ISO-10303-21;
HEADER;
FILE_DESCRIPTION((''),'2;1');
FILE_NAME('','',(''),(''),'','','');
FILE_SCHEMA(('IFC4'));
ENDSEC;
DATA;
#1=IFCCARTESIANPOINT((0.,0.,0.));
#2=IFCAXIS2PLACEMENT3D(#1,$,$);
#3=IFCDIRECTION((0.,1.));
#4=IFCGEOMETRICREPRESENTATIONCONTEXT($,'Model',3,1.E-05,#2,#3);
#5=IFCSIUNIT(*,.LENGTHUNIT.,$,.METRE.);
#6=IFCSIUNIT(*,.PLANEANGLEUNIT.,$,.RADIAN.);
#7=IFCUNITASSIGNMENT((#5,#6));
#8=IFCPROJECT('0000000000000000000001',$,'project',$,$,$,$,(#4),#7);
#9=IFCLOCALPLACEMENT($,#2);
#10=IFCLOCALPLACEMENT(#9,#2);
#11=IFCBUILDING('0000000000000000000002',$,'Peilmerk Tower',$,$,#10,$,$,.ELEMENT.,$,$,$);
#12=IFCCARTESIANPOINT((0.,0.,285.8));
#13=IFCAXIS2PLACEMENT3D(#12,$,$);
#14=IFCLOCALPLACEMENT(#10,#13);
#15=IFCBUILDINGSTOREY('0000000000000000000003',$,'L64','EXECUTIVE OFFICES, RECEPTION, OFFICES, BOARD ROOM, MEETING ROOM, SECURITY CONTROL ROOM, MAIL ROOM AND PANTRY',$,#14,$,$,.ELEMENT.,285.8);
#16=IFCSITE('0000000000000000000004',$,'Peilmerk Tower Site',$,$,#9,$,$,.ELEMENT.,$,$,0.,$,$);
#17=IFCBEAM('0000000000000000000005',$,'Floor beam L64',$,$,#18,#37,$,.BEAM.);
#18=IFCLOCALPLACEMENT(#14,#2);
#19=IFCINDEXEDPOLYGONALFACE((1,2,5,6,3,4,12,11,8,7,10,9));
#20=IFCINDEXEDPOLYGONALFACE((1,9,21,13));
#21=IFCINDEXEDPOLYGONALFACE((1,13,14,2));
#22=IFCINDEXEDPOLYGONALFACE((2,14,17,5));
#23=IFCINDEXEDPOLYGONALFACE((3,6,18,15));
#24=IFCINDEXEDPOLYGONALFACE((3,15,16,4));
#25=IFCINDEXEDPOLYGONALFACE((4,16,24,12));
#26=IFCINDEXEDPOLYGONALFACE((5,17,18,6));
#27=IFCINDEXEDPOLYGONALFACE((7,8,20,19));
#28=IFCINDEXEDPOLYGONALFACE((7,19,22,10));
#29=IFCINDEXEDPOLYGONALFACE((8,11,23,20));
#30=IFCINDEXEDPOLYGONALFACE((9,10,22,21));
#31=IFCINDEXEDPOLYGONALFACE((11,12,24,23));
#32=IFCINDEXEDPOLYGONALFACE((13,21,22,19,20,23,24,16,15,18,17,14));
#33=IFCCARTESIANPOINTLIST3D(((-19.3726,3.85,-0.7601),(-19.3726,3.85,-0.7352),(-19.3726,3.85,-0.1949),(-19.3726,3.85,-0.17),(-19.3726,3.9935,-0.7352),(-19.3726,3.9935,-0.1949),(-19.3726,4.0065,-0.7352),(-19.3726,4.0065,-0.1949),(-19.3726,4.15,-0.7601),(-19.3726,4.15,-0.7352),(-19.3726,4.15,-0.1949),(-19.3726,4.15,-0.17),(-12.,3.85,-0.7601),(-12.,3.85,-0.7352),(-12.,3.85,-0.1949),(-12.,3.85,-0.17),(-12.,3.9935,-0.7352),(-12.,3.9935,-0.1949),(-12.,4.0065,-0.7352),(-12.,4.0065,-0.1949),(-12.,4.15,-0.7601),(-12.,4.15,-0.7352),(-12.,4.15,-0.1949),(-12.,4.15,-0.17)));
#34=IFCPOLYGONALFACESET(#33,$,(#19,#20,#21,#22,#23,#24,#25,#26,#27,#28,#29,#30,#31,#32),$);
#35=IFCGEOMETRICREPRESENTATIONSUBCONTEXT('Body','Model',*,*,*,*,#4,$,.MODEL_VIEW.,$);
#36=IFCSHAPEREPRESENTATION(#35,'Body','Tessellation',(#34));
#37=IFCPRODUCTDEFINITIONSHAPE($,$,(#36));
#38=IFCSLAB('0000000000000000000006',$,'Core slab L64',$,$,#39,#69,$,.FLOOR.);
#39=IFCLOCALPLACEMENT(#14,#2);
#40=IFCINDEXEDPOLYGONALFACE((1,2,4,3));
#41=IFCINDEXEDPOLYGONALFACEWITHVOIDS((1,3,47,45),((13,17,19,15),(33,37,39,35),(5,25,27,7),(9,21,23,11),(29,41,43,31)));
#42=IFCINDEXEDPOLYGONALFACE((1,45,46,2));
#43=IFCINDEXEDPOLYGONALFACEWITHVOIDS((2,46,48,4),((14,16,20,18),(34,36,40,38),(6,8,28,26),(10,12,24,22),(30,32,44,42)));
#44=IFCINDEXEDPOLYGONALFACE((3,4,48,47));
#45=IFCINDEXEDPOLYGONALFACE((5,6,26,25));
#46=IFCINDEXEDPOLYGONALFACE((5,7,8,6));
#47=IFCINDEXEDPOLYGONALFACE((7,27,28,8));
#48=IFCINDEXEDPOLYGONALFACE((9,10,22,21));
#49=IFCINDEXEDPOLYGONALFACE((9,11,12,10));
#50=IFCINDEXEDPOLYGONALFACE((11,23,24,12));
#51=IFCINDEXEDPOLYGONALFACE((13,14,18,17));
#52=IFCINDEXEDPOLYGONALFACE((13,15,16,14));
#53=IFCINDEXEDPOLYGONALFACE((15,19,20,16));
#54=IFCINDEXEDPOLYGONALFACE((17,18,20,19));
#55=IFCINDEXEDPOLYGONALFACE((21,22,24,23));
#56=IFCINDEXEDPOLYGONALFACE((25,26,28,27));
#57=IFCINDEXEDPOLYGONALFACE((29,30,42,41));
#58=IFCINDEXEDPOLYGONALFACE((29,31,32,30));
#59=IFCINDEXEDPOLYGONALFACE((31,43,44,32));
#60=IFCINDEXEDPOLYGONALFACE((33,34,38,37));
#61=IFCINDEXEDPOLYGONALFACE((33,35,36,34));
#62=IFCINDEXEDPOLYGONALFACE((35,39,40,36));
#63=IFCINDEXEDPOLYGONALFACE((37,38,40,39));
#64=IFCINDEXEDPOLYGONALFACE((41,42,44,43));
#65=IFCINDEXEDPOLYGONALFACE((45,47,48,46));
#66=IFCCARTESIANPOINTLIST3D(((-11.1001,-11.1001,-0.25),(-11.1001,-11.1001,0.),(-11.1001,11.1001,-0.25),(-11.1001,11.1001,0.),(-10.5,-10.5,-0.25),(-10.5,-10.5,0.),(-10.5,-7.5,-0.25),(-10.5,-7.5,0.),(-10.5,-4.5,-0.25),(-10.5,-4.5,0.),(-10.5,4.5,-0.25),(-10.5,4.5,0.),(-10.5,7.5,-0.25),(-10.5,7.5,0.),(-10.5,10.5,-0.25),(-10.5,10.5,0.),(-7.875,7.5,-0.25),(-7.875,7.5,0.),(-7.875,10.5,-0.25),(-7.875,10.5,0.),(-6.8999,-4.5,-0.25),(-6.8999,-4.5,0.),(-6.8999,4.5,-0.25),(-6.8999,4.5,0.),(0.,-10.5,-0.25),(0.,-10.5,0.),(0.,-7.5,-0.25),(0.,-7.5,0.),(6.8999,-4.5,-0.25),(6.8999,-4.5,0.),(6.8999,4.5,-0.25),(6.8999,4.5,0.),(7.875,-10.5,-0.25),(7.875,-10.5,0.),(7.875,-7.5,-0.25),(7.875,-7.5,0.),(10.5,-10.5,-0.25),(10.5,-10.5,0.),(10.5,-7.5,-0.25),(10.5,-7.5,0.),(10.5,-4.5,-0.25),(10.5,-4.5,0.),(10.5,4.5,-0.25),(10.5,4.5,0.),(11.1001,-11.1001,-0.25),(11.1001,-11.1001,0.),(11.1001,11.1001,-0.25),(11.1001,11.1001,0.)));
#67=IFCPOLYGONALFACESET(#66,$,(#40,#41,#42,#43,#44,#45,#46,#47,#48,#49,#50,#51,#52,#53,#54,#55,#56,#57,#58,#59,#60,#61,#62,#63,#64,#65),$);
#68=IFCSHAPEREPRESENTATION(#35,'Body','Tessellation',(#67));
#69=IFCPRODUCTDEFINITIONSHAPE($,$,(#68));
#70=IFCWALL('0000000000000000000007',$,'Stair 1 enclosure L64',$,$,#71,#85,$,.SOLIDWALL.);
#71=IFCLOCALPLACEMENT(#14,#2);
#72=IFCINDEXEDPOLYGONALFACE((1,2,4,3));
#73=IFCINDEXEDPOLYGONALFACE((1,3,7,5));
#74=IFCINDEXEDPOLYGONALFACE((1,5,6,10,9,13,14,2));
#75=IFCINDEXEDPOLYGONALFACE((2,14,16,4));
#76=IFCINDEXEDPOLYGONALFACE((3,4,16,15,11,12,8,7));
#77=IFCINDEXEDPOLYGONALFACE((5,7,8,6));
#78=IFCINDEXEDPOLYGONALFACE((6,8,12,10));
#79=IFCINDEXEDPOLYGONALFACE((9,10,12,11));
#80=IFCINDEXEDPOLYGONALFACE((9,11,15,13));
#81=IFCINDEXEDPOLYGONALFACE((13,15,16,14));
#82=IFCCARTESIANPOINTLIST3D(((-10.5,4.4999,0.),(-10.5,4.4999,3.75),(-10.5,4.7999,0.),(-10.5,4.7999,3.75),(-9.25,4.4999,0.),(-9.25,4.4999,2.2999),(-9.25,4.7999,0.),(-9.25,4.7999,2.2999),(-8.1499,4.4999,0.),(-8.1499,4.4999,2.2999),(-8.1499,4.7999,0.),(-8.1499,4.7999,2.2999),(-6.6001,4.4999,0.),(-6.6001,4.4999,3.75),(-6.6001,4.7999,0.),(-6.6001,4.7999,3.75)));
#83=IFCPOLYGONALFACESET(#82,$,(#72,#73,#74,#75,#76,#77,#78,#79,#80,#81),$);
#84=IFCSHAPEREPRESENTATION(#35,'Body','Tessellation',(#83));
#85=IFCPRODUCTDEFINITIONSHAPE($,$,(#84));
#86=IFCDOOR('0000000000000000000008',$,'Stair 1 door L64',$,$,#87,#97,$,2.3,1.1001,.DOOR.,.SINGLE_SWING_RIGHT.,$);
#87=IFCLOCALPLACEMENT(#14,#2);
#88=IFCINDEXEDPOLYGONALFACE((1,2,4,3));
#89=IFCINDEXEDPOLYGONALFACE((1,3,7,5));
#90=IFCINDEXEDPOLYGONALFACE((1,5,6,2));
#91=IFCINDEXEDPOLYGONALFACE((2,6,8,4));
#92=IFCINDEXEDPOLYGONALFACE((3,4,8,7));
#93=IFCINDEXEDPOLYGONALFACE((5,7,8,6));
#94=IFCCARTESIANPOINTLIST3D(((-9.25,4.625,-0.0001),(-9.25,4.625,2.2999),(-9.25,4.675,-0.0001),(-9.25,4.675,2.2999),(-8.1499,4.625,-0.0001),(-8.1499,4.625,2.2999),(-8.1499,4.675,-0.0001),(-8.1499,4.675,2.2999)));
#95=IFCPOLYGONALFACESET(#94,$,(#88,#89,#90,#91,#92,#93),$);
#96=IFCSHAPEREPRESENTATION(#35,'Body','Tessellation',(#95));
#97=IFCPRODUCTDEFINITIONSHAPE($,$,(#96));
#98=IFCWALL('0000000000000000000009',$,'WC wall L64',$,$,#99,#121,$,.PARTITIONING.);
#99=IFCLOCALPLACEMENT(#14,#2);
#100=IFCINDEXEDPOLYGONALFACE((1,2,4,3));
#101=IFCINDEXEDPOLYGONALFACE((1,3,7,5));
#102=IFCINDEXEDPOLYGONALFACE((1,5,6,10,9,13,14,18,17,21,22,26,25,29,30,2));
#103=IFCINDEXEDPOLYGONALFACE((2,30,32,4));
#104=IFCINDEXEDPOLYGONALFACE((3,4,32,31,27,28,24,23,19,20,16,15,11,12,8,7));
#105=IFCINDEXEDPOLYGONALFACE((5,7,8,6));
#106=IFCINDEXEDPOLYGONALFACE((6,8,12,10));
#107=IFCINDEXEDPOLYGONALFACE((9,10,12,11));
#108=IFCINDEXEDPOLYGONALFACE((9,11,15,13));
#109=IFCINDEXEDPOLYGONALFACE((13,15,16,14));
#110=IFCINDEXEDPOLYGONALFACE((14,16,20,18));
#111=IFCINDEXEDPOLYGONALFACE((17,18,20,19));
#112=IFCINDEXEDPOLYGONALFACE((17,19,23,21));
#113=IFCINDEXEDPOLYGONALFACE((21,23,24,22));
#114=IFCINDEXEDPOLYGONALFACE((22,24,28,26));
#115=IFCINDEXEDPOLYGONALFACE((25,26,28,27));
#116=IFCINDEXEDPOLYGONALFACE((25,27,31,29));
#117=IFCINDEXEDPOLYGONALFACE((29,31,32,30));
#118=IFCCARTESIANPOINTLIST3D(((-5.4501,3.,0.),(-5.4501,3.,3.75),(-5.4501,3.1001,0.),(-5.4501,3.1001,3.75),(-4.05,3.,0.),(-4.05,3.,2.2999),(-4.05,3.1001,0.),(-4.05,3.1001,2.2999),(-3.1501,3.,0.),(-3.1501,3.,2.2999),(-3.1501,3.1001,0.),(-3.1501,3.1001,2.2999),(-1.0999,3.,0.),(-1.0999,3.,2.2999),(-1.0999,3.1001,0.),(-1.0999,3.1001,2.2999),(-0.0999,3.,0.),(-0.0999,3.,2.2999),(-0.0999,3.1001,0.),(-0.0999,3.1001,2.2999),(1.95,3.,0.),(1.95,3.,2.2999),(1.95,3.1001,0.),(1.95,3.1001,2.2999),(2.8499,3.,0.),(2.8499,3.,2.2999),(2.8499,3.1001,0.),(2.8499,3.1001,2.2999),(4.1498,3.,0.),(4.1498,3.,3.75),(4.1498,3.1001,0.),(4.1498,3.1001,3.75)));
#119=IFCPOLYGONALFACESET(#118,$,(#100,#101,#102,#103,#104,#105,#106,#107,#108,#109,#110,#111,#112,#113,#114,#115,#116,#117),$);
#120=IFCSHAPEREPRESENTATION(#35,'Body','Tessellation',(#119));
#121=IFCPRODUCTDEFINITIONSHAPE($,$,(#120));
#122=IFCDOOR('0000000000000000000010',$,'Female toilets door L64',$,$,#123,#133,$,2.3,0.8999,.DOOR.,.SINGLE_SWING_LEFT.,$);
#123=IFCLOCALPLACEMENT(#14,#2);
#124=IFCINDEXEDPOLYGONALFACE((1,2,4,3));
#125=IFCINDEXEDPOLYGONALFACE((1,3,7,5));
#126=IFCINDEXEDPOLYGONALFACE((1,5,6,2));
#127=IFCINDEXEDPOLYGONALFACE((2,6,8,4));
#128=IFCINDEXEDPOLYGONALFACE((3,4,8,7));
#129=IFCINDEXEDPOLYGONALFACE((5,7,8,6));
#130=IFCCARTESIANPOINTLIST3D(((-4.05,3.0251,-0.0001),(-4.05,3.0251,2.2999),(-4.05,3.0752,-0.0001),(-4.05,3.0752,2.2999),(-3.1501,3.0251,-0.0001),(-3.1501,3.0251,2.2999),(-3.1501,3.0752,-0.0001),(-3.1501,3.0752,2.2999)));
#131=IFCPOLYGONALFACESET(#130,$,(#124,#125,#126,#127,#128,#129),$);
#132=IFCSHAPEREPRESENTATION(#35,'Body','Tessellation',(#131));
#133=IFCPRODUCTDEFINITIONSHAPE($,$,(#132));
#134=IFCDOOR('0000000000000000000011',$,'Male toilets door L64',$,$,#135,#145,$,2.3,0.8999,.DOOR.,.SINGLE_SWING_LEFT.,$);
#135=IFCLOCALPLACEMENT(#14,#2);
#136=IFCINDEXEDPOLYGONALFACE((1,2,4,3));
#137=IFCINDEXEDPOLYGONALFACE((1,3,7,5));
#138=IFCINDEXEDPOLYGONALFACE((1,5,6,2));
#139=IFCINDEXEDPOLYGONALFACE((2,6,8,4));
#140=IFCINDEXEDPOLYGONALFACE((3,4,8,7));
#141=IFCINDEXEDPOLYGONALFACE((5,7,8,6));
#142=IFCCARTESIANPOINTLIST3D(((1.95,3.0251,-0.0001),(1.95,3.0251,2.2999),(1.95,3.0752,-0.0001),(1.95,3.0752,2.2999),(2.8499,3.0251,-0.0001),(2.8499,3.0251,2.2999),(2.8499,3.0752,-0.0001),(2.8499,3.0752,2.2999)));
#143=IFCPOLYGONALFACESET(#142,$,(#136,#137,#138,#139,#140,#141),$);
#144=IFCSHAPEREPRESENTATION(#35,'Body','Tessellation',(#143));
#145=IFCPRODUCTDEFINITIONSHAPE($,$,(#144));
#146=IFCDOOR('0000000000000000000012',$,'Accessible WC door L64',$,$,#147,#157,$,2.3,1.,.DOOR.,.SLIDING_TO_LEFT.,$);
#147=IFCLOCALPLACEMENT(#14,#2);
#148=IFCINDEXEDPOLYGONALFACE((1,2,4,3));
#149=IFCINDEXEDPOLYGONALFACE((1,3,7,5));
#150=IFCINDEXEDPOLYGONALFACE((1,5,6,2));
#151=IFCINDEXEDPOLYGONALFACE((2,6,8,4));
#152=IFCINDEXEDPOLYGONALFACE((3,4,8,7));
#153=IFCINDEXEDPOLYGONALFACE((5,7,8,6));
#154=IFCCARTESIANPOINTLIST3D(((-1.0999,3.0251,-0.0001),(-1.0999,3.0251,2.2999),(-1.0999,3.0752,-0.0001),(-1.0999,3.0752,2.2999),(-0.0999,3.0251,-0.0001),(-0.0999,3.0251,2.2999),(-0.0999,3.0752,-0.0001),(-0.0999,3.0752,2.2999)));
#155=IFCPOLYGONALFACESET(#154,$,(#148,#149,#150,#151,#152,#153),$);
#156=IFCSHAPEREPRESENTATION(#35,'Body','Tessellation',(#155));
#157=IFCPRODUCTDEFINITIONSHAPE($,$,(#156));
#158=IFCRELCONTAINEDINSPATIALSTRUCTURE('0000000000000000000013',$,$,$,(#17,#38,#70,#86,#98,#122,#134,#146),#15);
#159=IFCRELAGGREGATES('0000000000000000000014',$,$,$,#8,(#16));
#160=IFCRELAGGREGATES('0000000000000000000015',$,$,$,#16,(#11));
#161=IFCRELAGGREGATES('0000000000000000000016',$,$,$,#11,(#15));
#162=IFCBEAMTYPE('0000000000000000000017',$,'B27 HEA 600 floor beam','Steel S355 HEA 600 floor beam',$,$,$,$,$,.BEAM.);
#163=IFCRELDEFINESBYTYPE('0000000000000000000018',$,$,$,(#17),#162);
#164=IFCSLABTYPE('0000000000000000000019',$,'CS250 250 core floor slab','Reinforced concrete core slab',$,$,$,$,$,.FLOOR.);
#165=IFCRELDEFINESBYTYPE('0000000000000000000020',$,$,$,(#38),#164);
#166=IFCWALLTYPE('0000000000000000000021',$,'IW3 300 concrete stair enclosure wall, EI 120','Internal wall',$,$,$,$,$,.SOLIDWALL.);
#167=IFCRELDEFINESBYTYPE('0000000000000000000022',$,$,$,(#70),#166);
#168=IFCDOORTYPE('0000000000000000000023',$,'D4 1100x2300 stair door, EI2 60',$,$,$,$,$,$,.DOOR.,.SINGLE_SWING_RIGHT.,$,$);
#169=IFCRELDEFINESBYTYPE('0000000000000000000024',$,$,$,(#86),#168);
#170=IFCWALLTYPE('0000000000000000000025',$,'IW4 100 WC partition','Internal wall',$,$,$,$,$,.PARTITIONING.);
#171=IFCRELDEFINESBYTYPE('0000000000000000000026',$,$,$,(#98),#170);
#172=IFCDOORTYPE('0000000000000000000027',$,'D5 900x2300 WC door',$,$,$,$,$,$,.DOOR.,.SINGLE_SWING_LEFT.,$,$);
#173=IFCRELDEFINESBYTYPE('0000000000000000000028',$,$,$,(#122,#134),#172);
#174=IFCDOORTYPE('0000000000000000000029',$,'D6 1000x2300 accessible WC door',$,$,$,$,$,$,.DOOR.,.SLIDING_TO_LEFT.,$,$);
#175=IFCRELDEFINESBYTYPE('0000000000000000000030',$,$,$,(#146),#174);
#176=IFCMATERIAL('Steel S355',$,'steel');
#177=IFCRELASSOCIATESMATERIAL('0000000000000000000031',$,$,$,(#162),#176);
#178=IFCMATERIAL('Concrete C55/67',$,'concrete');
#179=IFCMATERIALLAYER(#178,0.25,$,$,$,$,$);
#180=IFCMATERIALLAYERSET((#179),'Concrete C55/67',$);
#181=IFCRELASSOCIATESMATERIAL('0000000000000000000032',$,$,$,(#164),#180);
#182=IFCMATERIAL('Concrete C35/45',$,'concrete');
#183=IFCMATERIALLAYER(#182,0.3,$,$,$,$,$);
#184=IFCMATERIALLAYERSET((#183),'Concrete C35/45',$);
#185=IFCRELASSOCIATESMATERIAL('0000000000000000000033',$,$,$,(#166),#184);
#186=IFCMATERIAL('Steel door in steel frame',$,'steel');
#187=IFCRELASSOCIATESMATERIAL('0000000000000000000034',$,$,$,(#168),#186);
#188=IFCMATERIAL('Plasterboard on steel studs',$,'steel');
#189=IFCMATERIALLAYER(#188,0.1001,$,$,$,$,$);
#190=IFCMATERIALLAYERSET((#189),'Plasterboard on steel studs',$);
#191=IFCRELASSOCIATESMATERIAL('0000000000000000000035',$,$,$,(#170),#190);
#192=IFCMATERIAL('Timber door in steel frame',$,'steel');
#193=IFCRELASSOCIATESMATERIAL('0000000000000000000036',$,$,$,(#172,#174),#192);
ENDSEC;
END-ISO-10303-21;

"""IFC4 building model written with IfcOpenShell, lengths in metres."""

from ifc_helpers import new_model, si_unit, direction, frame, frame_2d, origin, origin_2d, place, context, subcontext, project, spatial, polyline, rectangle, i_section, outline, extrude, material, layer, layer_set, material_profile, profile_set, type_object, element, fill, save


model = new_model("IFC4")

# Units and contexts
model_context = context("Model", 3, precision=1e-05, world=origin(), true_north=direction((0.0, 1.0)))
body_context = subcontext(model_context, "Body", "Model", "MODEL_VIEW")
ifc_project = project(units=[si_unit("LENGTHUNIT", "METRE"), si_unit("PLANEANGLEUNIT", "RADIAN")], contexts=[model_context])

# Site, building, storey
site_placement = place(None, origin())
site = spatial("IfcSite", under=ifc_project, at=site_placement, Name="Peilmerk Tower Site", CompositionType="ELEMENT", RefElevation=0.0)
building_placement = place(site_placement, origin())
building = spatial("IfcBuilding", under=site, at=building_placement, Name="Peilmerk Tower", CompositionType="ELEMENT")
storey_placement = place(building_placement, frame((0.0, 0.0, 285.8)))
storey = spatial("IfcBuildingStorey", under=building, at=storey_placement, Name="L64", Description="EXECUTIVE OFFICES, RECEPTION, OFFICES, BOARD ROOM, MEETING ROOM, SECURITY CONTROL ROOM, MAIL ROOM AND PANTRY", CompositionType="ELEMENT", Elevation=285.8)

# Beam
ifc_material_1 = material(Name="Steel S355", Category="steel")
ifc_material_profile = material_profile(ifc_material_1, i_section(OverallWidth=0.3, OverallDepth=0.5901, WebThickness=0.0129, FlangeThickness=0.0249, at=origin_2d()), Name="HEA 600")
ifc_profile_set = profile_set([ifc_material_profile], Name="Steel S355")
beam_type = type_object("IfcBeamType", Name="B27 HEA 600 floor beam", Description="Steel S355 HEA 600 floor beam", PredefinedType="BEAM", material=ifc_profile_set)
beam_placement = place(storey_placement, frame((-12.0, 4.0, -0.4651), z_axis=(-1.0, 0.0, 0.0), x_axis=(0.0, -1.0, 0.0)))
element("IfcBeam", 1, at=beam_placement, inside=storey, type_object=beam_type, Name="Floor beam L64", PredefinedType="BEAM", context=body_context, shape_type="SweptSolid", body=[
    extrude(i_section(OverallWidth=0.3, OverallDepth=0.5901, WebThickness=0.0129, FlangeThickness=0.0249, at=origin_2d()), origin(), (0.0, 0.0, 1.0), 7.3726),
])

# Slab
ifc_material_2 = material(Name="Concrete C55/67", Category="concrete")
ifc_layer_1 = layer(ifc_material_2, 0.25)
ifc_layer_set_1 = layer_set([ifc_layer_1], Name="Concrete C55/67")
slab_type = type_object("IfcSlabType", Name="CS250 250 core floor slab", Description="Reinforced concrete core slab", PredefinedType="FLOOR", material=ifc_layer_set_1)
slab_placement = place(storey_placement, frame((0.0, 0.0, -0.25)))
element("IfcSlab", 2, at=slab_placement, inside=storey, type_object=slab_type, Name="Core slab L64", PredefinedType="FLOOR", context=body_context, shape_type="SweptSolid", body=[
    extrude(outline(polyline([(11.1001, -11.1001), (11.1001, 11.1001), (-11.1001, 11.1001), (-11.1001, -11.1001), (11.1001, -11.1001)]), holes=[polyline([(-7.875, 7.5), (-10.5, 7.5), (-10.5, 10.5), (-7.875, 10.5), (-7.875, 7.5)]), polyline([(0.0, -10.5), (-10.5, -10.5), (-10.5, -7.5), (0.0, -7.5), (0.0, -10.5)]), polyline([(7.875, -10.5), (7.875, -7.5), (10.5, -7.5), (10.5, -10.5), (7.875, -10.5)]), polyline([(-10.5, 4.5), (-6.8999, 4.5), (-6.8999, -4.5), (-10.5, -4.5), (-10.5, 4.5)]), polyline([(10.5, 4.5), (10.5, -4.5), (6.8999, -4.5), (6.8999, 4.5), (10.5, 4.5)])]), origin(), (0.0, 0.0, 1.0), 0.25),
])

# Wall, opening, door
ifc_material_3 = material(Name="Concrete C35/45", Category="concrete")
ifc_layer_2 = layer(ifc_material_3, 0.3)
ifc_layer_set_2 = layer_set([ifc_layer_2], Name="Concrete C35/45")
wall_type_1 = type_object("IfcWallType", Name="IW3 300 concrete stair enclosure wall, EI 120", Description="Internal wall", PredefinedType="SOLIDWALL", material=ifc_layer_set_2)
wall_1_placement = place(storey_placement, frame((-10.5, 4.6499, 0.0), z_axis=(0.0, 0.0, 1.0), x_axis=(1.0, 0.0, 0.0)))
wall_1 = element("IfcWall", 3, at=wall_1_placement, inside=storey, type_object=wall_type_1, Name="Stair 1 enclosure L64", PredefinedType="SOLIDWALL", context=body_context, shape_type="SweptSolid", body=[
    extrude(rectangle(XDim=3.8999, YDim=0.3, at=frame_2d((1.95, 0.0))), origin(), (0.0, 0.0, 1.0), 3.75),
])
opening_1_placement = place(wall_1_placement, frame((1.25, 0.0, 0.0)))
opening_1 = element("IfcOpeningElement", 4, at=opening_1_placement, cuts=wall_1, PredefinedType="OPENING", context=body_context, shape_type="SweptSolid", body=[
    extrude(rectangle(XDim=1.1001, YDim=2.3, at=frame_2d((0.55, 1.1499))), frame((0.0, 0.1599, 0.0), z_axis=(0.0, -1.0, 0.0), x_axis=(1.0, 0.0, 0.0)), (0.0, 0.0, 1.0), 0.3201),
])
ifc_material_4 = material(Name="Steel door in steel frame", Category="steel")
door_type_1 = type_object("IfcDoorType", Name="D4 1100x2300 stair door, EI2 60", OperationType="SINGLE_SWING_RIGHT", PredefinedType="DOOR", material=ifc_material_4)
door_1_placement = place(opening_1_placement, frame((1.1001, 0.0, 0.0), z_axis=(0.0, 0.0, 1.0), x_axis=(-1.0, 0.0, 0.0)))
door_1 = element("IfcDoor", 5, at=door_1_placement, inside=storey, type_object=door_type_1, Name="Stair 1 door L64", OperationType="SINGLE_SWING_RIGHT", OverallHeight=2.3, OverallWidth=1.1001, PredefinedType="DOOR", context=body_context, shape_type="SweptSolid", body=[
    extrude(rectangle(XDim=1.1001, YDim=2.3, at=frame_2d((0.55, 1.1499))), frame((0.0, 0.0249, 0.0), z_axis=(0.0, -1.0, 0.0), x_axis=(1.0, 0.0, 0.0)), (0.0, 0.0, 1.0), 0.05),
])
fill(opening_1, door_1)

# Wall, openings, doors
ifc_material_5 = material(Name="Plasterboard on steel studs", Category="steel")
ifc_layer_3 = layer(ifc_material_5, 0.1001)
ifc_layer_set_3 = layer_set([ifc_layer_3], Name="Plasterboard on steel studs")
wall_type_2 = type_object("IfcWallType", Name="IW4 100 WC partition", Description="Internal wall", PredefinedType="PARTITIONING", material=ifc_layer_set_3)
wall_2_placement = place(storey_placement, frame((-5.45, 3.05, 0.0), z_axis=(0.0, 0.0, 1.0), x_axis=(1.0, 0.0, 0.0)))
wall_2 = element("IfcWall", 6, at=wall_2_placement, inside=storey, type_object=wall_type_2, Name="WC wall L64", PredefinedType="PARTITIONING", context=body_context, shape_type="SweptSolid", body=[
    extrude(rectangle(XDim=9.5999, YDim=0.1001, at=frame_2d((4.7998, 0.0))), origin(), (0.0, 0.0, 1.0), 3.75),
])
opening_2_placement = place(wall_2_placement, frame((1.3999, 0.0, 0.0)))
opening_2 = element("IfcOpeningElement", 7, at=opening_2_placement, cuts=wall_2, PredefinedType="OPENING", context=body_context, shape_type="SweptSolid", body=[
    extrude(rectangle(XDim=0.8999, YDim=2.3, at=frame_2d((0.45, 1.1499))), frame((0.0, 0.0601, 0.0), z_axis=(0.0, -1.0, 0.0), x_axis=(1.0, 0.0, 0.0)), (0.0, 0.0, 1.0), 0.1201),
])
opening_3_placement = place(wall_2_placement, frame((4.3501, 0.0, 0.0)))
opening_3 = element("IfcOpeningElement", 8, at=opening_3_placement, cuts=wall_2, PredefinedType="OPENING", context=body_context, shape_type="SweptSolid", body=[
    extrude(rectangle(XDim=1.0, YDim=2.3, at=frame_2d((0.5, 1.1499))), frame((0.0, 0.0601, 0.0), z_axis=(0.0, -1.0, 0.0), x_axis=(1.0, 0.0, 0.0)), (0.0, 0.0, 1.0), 0.1201),
])
opening_4_placement = place(wall_2_placement, frame((7.3999, 0.0, 0.0)))
opening_4 = element("IfcOpeningElement", 9, at=opening_4_placement, cuts=wall_2, PredefinedType="OPENING", context=body_context, shape_type="SweptSolid", body=[
    extrude(rectangle(XDim=0.8999, YDim=2.3, at=frame_2d((0.45, 1.1499))), frame((0.0, 0.0601, 0.0), z_axis=(0.0, -1.0, 0.0), x_axis=(1.0, 0.0, 0.0)), (0.0, 0.0, 1.0), 0.1201),
])
ifc_material_6 = material(Name="Timber door in steel frame", Category="steel")
door_type_2 = type_object("IfcDoorType", Name="D5 900x2300 WC door", OperationType="SINGLE_SWING_LEFT", PredefinedType="DOOR", material=ifc_material_6)
door_2_placement = place(opening_2_placement, frame((0.8999, 0.0, 0.0), z_axis=(0.0, 0.0, 1.0), x_axis=(-1.0, 0.0, 0.0)))
door_2 = element("IfcDoor", 10, at=door_2_placement, inside=storey, type_object=door_type_2, Name="Female toilets door L64", OperationType="SINGLE_SWING_LEFT", OverallHeight=2.3, OverallWidth=0.8999, PredefinedType="DOOR", context=body_context, shape_type="SweptSolid", body=[
    extrude(rectangle(XDim=0.8999, YDim=2.3, at=frame_2d((0.45, 1.1499))), frame((0.0, 0.0249, 0.0), z_axis=(0.0, -1.0, 0.0), x_axis=(1.0, 0.0, 0.0)), (0.0, 0.0, 1.0), 0.05),
])
fill(opening_2, door_2)
door_3_placement = place(opening_4_placement, frame((0.8999, 0.0, 0.0), z_axis=(0.0, 0.0, 1.0), x_axis=(-1.0, 0.0, 0.0)))
door_3 = element("IfcDoor", 11, at=door_3_placement, inside=storey, type_object=door_type_2, Name="Male toilets door L64", OperationType="SINGLE_SWING_LEFT", OverallHeight=2.3, OverallWidth=0.8999, PredefinedType="DOOR", context=body_context, shape_type="SweptSolid", body=[
    extrude(rectangle(XDim=0.8999, YDim=2.3, at=frame_2d((0.45, 1.1499))), frame((0.0, 0.0249, 0.0), z_axis=(0.0, -1.0, 0.0), x_axis=(1.0, 0.0, 0.0)), (0.0, 0.0, 1.0), 0.05),
])
fill(opening_4, door_3)
door_type_3 = type_object("IfcDoorType", Name="D6 1000x2300 accessible WC door", OperationType="SLIDING_TO_LEFT", PredefinedType="DOOR", material=ifc_material_6)
door_4_placement = place(opening_3_placement, frame((1.0, 0.0, 0.0), z_axis=(0.0, 0.0, 1.0), x_axis=(-1.0, 0.0, 0.0)))
door_4 = element("IfcDoor", 12, at=door_4_placement, inside=storey, type_object=door_type_3, Name="Accessible WC door L64", OperationType="SLIDING_TO_LEFT", OverallHeight=2.3, OverallWidth=1.0, PredefinedType="DOOR", context=body_context, shape_type="SweptSolid", body=[
    extrude(rectangle(XDim=1.0, YDim=2.3, at=frame_2d((0.5, 1.1499))), frame((0.0, 0.0249, 0.0), z_axis=(0.0, -1.0, 0.0), x_axis=(1.0, 0.0, 0.0)), (0.0, 0.0, 1.0), 0.05),
])
fill(opening_3, door_4)

save(model, "model.ifc")
